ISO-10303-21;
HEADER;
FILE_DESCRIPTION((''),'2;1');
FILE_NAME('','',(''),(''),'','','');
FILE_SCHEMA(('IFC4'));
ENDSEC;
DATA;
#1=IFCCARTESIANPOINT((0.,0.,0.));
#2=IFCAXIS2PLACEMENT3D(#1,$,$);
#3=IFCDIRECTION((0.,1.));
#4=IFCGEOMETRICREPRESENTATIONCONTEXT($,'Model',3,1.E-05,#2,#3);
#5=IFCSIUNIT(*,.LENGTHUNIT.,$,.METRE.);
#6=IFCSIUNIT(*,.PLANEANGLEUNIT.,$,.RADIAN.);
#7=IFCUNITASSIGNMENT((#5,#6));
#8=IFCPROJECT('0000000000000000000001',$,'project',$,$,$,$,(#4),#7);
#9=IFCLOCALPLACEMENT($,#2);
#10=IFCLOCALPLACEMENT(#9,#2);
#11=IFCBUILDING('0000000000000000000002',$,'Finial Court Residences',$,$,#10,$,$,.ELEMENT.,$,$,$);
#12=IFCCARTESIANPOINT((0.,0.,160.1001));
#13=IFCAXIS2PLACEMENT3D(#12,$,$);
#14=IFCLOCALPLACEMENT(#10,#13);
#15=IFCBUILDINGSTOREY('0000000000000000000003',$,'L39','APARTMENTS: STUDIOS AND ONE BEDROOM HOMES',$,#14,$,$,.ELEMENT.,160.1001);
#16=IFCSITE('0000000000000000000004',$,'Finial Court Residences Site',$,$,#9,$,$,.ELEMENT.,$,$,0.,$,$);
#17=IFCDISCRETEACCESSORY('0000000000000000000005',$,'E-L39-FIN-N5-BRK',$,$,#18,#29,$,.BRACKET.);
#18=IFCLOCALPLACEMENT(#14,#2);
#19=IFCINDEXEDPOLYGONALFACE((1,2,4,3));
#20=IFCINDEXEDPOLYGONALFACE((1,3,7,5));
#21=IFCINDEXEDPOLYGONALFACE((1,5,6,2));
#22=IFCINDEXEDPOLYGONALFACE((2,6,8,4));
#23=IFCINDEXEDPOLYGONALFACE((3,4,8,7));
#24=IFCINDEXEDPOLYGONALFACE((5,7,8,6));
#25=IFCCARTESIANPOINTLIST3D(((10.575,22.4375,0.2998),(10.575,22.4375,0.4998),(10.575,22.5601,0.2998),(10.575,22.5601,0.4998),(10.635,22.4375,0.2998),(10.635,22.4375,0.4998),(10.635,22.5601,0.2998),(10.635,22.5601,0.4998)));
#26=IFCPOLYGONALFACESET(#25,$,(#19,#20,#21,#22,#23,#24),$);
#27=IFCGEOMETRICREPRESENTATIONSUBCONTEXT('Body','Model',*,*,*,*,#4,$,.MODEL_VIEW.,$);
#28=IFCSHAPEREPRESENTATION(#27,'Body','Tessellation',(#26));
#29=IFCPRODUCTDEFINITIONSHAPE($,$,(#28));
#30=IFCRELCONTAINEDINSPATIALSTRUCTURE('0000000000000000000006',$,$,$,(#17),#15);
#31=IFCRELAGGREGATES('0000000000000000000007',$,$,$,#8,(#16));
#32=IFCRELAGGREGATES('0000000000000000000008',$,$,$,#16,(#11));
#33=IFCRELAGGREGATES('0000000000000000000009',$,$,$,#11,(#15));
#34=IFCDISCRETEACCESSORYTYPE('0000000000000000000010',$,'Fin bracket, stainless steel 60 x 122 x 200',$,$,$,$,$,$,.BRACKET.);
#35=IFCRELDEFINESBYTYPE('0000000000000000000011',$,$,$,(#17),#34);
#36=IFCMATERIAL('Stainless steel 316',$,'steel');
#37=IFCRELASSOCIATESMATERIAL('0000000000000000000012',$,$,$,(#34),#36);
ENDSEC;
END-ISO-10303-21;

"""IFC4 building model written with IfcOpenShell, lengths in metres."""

from ifc_helpers import new_model, si_unit, direction, frame, origin, origin_2d, place, context, subcontext, project, spatial, rectangle, extrude, material, type_object, element, save


model = new_model("IFC4")

# Units and contexts
model_context = context("Model", 3, precision=1e-05, world=origin(), true_north=direction((0.0, 1.0)))
body_context = subcontext(model_context, "Body", "Model", "MODEL_VIEW")
ifc_project = project(units=[si_unit("LENGTHUNIT", "METRE"), si_unit("PLANEANGLEUNIT", "RADIAN")], contexts=[model_context])

# Site, building, storey
site_placement = place(None, origin())
site = spatial("IfcSite", under=ifc_project, at=site_placement, Name="Finial Court Residences Site", CompositionType="ELEMENT", RefElevation=0.0)
building_placement = place(site_placement, origin())
building = spatial("IfcBuilding", under=site, at=building_placement, Name="Finial Court Residences", CompositionType="ELEMENT")
storey_placement = place(building_placement, frame((0.0, 0.0, 160.1001)))
storey = spatial("IfcBuildingStorey", under=building, at=storey_placement, Name="L39", Description="APARTMENTS: STUDIOS AND ONE BEDROOM HOMES", CompositionType="ELEMENT", Elevation=160.1001)

# Discrete accessory
ifc_material_1 = material(Name="Stainless steel 316", Category="steel")
discrete_accessory_type = type_object("IfcDiscreteAccessoryType", Name="Fin bracket, stainless steel 60 x 122 x 200", PredefinedType="BRACKET", material=ifc_material_1)
discrete_accessory_placement = place(storey_placement, frame((10.605, 22.4988, 0.2998), z_axis=(0.0, 0.0, 1.0), x_axis=(1.0, 0.0, 0.0)))
element("IfcDiscreteAccessory", 1, at=discrete_accessory_placement, inside=storey, type_object=discrete_accessory_type, Name="E-L39-FIN-N5-BRK", PredefinedType="BRACKET", context=body_context, shape_type="SweptSolid", body=[
    extrude(rectangle(XDim=0.0601, YDim=0.1226, at=origin_2d()), origin(), (0.0, 0.0, 1.0), 0.2),
])

save(model, "model.ifc")
